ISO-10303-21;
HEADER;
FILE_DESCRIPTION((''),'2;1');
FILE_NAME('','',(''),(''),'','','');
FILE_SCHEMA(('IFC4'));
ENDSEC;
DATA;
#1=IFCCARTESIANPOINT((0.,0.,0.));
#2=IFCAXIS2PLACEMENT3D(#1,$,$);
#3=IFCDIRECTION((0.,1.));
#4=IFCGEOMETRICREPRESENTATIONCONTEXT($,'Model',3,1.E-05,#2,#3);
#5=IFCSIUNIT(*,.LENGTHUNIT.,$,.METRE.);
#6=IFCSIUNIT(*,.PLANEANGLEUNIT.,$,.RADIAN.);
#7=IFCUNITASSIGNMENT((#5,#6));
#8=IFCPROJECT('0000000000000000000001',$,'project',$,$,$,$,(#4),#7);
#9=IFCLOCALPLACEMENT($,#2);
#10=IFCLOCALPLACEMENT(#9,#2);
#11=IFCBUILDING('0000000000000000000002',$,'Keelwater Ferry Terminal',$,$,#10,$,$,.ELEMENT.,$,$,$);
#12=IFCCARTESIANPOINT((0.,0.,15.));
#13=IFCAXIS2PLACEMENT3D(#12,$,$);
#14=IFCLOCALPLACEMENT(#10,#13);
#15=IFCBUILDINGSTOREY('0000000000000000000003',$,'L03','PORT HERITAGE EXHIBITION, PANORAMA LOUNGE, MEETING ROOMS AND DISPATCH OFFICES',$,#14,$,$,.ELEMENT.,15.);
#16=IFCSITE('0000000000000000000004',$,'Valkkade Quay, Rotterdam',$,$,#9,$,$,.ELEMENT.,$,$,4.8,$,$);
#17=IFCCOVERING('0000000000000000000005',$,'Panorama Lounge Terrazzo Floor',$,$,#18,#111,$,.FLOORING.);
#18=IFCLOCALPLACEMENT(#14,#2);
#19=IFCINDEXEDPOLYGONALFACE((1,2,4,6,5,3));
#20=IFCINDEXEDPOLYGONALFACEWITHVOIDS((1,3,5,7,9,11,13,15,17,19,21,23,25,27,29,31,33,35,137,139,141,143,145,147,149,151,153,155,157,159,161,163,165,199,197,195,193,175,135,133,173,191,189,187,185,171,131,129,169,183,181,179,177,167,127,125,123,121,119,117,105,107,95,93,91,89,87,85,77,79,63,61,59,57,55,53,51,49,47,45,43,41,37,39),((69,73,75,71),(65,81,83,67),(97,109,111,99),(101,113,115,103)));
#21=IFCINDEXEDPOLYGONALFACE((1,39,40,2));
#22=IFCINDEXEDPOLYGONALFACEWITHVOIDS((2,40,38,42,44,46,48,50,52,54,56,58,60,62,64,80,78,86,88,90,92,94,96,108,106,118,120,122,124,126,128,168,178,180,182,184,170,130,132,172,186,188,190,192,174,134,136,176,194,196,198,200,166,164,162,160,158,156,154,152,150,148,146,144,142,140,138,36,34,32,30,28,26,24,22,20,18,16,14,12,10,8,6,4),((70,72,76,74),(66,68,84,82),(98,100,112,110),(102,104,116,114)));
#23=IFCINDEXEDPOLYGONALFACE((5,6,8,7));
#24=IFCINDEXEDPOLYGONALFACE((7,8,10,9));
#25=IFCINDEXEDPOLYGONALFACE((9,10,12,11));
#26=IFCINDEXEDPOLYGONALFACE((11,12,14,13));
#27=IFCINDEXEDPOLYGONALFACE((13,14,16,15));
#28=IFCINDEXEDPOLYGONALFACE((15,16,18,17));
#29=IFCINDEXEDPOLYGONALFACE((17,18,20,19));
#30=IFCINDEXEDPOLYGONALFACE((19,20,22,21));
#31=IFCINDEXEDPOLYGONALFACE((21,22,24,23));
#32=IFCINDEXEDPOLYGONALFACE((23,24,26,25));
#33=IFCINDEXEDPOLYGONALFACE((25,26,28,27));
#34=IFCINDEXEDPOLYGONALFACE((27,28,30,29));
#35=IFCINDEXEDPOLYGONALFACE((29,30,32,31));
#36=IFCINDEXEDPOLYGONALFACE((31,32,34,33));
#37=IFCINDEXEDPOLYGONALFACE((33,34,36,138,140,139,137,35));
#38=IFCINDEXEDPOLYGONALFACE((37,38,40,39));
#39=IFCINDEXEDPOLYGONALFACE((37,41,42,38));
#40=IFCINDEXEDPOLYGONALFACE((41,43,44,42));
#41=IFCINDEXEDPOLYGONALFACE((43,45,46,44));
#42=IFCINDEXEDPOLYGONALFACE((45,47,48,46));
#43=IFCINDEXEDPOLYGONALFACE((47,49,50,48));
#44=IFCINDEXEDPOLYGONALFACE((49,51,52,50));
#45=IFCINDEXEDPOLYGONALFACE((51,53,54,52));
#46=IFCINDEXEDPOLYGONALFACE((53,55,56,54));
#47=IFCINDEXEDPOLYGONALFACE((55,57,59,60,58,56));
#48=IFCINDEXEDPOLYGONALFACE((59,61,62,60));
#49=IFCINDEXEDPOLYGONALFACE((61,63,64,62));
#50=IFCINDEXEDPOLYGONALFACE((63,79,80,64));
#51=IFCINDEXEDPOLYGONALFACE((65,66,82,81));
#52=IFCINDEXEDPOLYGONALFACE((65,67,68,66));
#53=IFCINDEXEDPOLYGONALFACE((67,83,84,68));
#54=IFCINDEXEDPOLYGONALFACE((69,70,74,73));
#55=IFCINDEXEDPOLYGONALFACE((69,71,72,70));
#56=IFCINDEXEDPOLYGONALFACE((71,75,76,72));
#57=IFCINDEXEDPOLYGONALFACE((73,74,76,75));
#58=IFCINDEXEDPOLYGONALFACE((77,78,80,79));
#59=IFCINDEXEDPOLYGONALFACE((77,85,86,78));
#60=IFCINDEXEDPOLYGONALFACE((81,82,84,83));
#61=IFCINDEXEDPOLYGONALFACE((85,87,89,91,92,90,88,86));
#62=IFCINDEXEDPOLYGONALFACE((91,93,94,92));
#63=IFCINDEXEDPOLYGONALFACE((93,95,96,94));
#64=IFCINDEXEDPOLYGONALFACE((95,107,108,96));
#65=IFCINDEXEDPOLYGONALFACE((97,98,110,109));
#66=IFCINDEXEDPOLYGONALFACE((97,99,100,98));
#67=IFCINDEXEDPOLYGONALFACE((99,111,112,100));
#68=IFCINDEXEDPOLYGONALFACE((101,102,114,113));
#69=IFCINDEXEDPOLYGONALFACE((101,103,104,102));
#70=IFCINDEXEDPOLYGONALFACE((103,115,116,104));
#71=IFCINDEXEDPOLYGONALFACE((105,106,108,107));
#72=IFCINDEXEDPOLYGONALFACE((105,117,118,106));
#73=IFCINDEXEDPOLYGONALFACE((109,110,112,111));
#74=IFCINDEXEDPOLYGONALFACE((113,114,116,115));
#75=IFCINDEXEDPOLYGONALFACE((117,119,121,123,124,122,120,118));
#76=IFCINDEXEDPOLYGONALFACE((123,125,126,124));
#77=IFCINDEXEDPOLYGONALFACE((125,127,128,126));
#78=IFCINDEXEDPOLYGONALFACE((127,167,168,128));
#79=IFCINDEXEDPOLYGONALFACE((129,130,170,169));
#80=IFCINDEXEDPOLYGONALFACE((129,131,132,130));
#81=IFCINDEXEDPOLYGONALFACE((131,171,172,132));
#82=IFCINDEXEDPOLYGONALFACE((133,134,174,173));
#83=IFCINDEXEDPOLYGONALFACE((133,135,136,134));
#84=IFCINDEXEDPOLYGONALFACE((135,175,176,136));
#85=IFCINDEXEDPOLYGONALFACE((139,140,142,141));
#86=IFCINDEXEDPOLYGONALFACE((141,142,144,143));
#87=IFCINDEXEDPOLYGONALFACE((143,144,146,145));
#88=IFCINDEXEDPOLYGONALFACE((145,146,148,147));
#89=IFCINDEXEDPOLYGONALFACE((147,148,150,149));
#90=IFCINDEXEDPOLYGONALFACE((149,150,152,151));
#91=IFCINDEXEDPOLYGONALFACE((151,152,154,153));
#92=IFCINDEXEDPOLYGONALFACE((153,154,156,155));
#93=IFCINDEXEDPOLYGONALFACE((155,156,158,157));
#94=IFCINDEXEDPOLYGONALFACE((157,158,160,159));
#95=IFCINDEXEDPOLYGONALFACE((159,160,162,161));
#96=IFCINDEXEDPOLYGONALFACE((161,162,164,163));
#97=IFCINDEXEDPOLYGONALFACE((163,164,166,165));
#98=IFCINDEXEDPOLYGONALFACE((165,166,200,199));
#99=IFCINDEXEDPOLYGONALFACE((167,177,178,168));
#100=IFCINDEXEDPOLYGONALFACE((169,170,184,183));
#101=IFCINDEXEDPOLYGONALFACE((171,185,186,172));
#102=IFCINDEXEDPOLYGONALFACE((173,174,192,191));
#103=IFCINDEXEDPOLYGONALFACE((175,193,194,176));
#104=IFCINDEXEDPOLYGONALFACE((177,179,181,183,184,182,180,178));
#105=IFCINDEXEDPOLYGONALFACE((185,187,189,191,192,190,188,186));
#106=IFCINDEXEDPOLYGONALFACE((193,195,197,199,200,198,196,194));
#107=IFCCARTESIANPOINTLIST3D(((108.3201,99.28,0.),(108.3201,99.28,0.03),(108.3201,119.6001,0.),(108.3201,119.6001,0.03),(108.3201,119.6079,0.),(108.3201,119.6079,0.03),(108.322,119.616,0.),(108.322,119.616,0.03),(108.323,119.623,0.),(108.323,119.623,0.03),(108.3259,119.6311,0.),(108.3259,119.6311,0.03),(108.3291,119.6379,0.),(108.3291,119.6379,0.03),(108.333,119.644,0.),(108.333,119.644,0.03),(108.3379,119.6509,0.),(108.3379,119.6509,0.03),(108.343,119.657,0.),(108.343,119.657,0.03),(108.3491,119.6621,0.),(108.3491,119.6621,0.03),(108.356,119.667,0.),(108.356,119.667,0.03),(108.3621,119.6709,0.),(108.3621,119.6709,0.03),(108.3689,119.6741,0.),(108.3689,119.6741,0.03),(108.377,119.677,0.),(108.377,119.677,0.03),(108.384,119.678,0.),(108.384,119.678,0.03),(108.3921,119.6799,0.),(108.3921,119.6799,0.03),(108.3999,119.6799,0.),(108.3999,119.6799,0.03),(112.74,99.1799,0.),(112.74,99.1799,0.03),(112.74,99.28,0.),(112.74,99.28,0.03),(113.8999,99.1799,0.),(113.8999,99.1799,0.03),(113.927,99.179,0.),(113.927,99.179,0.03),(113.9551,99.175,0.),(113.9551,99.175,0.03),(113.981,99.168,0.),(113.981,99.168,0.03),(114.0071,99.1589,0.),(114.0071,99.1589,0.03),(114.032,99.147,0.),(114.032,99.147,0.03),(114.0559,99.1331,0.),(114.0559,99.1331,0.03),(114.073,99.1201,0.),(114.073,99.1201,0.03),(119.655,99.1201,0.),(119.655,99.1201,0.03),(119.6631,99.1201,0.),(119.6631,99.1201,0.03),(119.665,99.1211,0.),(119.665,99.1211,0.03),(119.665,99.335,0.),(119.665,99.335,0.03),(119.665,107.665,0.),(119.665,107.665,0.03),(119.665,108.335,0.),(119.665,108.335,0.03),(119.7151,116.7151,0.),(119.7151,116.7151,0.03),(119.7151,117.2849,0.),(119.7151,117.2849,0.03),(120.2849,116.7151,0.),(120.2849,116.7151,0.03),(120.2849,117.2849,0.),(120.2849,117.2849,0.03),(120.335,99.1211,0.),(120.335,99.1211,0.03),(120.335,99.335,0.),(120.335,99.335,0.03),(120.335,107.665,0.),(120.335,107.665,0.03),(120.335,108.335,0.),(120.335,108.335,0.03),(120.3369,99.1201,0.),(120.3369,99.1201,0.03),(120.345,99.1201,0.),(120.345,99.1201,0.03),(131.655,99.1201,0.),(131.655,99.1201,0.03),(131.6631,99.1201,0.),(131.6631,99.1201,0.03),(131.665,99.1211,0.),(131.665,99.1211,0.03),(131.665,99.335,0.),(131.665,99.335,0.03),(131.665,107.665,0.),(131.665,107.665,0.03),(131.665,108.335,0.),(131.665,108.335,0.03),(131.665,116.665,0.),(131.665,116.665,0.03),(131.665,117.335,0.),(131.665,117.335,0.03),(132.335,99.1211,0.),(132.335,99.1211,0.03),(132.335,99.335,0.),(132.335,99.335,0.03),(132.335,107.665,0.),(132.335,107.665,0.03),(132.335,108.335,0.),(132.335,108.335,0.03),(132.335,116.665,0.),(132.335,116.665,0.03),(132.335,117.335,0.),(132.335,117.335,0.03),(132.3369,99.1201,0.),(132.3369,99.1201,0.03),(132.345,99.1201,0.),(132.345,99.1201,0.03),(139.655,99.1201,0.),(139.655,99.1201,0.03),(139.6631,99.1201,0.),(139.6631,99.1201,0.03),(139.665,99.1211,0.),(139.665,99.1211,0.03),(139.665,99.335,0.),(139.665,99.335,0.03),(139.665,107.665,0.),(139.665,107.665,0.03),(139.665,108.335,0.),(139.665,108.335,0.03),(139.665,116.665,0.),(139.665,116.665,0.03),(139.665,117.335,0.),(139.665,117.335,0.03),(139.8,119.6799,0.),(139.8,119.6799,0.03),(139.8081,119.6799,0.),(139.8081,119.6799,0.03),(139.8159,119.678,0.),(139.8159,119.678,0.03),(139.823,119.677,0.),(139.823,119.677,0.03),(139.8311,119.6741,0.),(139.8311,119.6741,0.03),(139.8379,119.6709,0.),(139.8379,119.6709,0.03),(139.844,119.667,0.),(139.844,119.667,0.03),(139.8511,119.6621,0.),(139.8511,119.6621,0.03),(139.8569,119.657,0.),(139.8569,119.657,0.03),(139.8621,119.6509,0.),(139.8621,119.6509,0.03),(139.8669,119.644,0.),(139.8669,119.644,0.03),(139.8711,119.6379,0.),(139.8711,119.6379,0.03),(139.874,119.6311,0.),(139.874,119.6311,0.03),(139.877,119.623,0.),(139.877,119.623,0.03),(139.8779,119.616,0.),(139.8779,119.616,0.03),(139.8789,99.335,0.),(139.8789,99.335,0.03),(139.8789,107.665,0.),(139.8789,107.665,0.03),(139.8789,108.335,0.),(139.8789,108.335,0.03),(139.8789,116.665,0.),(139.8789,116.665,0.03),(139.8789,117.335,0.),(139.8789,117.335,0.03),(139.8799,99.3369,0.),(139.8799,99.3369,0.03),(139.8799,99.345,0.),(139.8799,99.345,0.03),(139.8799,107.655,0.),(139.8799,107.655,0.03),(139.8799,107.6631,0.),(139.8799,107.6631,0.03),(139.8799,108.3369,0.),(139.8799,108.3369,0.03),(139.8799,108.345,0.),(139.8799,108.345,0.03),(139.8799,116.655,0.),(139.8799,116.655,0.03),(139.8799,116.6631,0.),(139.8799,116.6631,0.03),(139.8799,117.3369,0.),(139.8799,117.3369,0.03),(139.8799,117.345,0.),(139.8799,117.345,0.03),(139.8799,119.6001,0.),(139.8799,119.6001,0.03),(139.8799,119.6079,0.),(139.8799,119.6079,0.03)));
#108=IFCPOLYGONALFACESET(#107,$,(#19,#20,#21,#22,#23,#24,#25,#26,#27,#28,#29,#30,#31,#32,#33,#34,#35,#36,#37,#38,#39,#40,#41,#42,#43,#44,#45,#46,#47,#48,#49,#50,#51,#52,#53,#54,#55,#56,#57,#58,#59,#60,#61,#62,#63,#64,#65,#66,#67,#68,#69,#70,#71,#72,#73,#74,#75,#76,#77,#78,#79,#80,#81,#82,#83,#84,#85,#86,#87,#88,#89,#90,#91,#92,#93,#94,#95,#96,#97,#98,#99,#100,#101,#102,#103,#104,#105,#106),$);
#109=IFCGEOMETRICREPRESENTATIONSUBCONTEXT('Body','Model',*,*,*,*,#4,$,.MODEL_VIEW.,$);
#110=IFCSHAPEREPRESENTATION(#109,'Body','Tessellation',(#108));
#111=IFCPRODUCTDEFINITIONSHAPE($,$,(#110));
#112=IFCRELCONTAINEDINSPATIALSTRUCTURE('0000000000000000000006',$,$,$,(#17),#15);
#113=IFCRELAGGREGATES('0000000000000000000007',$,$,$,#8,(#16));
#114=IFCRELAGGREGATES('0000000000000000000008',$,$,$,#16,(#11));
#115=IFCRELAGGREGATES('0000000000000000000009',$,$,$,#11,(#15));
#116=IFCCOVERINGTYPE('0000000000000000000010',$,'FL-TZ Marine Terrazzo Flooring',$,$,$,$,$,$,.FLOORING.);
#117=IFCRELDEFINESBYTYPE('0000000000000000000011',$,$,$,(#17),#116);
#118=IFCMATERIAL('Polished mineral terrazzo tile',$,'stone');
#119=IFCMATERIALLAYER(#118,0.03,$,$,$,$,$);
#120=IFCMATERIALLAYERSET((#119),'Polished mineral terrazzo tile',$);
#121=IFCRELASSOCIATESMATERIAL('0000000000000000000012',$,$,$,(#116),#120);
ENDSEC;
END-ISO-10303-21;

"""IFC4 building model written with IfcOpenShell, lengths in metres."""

from ifc_helpers import new_model, si_unit, direction, frame, origin, place, context, subcontext, project, spatial, polyline, outline, extrude, material, layer, layer_set, type_object, element, save


model = new_model("IFC4")

# Units and contexts
model_context = context("Model", 3, precision=1e-05, world=origin(), true_north=direction((0.0, 1.0)))
body_context = subcontext(model_context, "Body", "Model", "MODEL_VIEW")
ifc_project = project(units=[si_unit("LENGTHUNIT", "METRE"), si_unit("PLANEANGLEUNIT", "RADIAN")], contexts=[model_context])

# Site, building, storey
site_placement = place(None, origin())
site = spatial("IfcSite", under=ifc_project, at=site_placement, Name="Valkkade Quay, Rotterdam", CompositionType="ELEMENT", RefElevation=4.8)
building_placement = place(site_placement, origin())
building = spatial("IfcBuilding", under=site, at=building_placement, Name="Keelwater Ferry Terminal", CompositionType="ELEMENT")
storey_placement = place(building_placement, frame((0.0, 0.0, 15.0)))
storey = spatial("IfcBuildingStorey", under=building, at=storey_placement, Name="L03", Description="PORT HERITAGE EXHIBITION, PANORAMA LOUNGE, MEETING ROOMS AND DISPATCH OFFICES", CompositionType="ELEMENT", Elevation=15.0)

# Covering
ifc_material_1 = material(Name="Polished mineral terrazzo tile", Category="stone")
ifc_layer_1 = layer(ifc_material_1, 0.03)
ifc_layer_set_1 = layer_set([ifc_layer_1], Name="Polished mineral terrazzo tile")
covering_type_1 = type_object("IfcCoveringType", Name="FL-TZ Marine Terrazzo Flooring", PredefinedType="FLOORING", material=ifc_layer_set_1)
covering_1_placement = place(storey_placement, origin())
element("IfcCovering", 1, at=covering_1_placement, inside=storey, type_object=covering_type_1, Name="Panorama Lounge Terrazzo Floor", PredefinedType="FLOORING", context=body_context, shape_type="SweptSolid", body=[
    extrude(outline(polyline([(139.8159, 119.678), (139.823, 119.677), (139.8311, 119.6741), (139.8379, 119.6709), (139.844, 119.667), (139.8511, 119.6621), (139.8569, 119.657), (139.8621, 119.6509), (139.8669, 119.644), (139.8711, 119.6379), (139.874, 119.6311), (139.877, 119.623), (139.8779, 119.616), (139.8799, 119.6079), (139.8799, 119.6001), (139.8799, 117.345), (139.8799, 117.3369), (139.8789, 117.335), (139.665, 117.335), (139.665, 116.665), (139.8789, 116.665), (139.8799, 116.6631), (139.8799, 116.655), (139.8799, 108.345), (139.8799, 108.3369), (139.8789, 108.335), (139.665, 108.335), (139.665, 107.665), (139.8789, 107.665), (139.8799, 107.6631), (139.8799, 107.655), (139.8799, 99.345), (139.8799, 99.3369), (139.8789, 99.335), (139.665, 99.335), (139.665, 99.1211), (139.6631, 99.1201), (139.655, 99.1201), (132.345, 99.1201), (132.3369, 99.1201), (132.335, 99.1211), (132.335, 99.335), (131.665, 99.335), (131.665, 99.1211), (131.6631, 99.1201), (131.655, 99.1201), (120.345, 99.1201), (120.3369, 99.1201), (120.335, 99.1211), (120.335, 99.335), (119.665, 99.335), (119.665, 99.1211), (119.6631, 99.1201), (119.655, 99.1201), (114.073, 99.1201), (114.0559, 99.1331), (114.032, 99.147), (114.0071, 99.1589), (113.981, 99.168), (113.9551, 99.175), (113.927, 99.179), (113.8999, 99.1799), (112.74, 99.1799), (112.74, 99.28), (108.3201, 99.28), (108.3201, 119.6001), (108.3201, 119.6079), (108.322, 119.616), (108.323, 119.623), (108.3259, 119.6311), (108.3291, 119.6379), (108.333, 119.644), (108.3379, 119.6509), (108.343, 119.657), (108.3491, 119.6621), (108.356, 119.667), (108.3621, 119.6709), (108.3689, 119.6741), (108.377, 119.677), (108.384, 119.678), (108.3921, 119.6799), (108.3999, 119.6799), (139.8, 119.6799), (139.8081, 119.6799), (139.8159, 119.678)]), holes=[polyline([(131.665, 107.665), (132.335, 107.665), (132.335, 108.335), (131.665, 108.335), (131.665, 107.665)]), polyline([(119.665, 107.665), (120.335, 107.665), (120.335, 108.335), (119.665, 108.335), (119.665, 107.665)]), polyline([(131.665, 116.665), (132.335, 116.665), (132.335, 117.335), (131.665, 117.335), (131.665, 116.665)]), polyline([(119.7151, 116.7151), (120.2849, 116.7151), (120.2849, 117.2849), (119.7151, 117.2849), (119.7151, 116.7151)])]), origin(), (0.0, 0.0, 1.0), 0.03),
])

save(model, "model.ifc")
